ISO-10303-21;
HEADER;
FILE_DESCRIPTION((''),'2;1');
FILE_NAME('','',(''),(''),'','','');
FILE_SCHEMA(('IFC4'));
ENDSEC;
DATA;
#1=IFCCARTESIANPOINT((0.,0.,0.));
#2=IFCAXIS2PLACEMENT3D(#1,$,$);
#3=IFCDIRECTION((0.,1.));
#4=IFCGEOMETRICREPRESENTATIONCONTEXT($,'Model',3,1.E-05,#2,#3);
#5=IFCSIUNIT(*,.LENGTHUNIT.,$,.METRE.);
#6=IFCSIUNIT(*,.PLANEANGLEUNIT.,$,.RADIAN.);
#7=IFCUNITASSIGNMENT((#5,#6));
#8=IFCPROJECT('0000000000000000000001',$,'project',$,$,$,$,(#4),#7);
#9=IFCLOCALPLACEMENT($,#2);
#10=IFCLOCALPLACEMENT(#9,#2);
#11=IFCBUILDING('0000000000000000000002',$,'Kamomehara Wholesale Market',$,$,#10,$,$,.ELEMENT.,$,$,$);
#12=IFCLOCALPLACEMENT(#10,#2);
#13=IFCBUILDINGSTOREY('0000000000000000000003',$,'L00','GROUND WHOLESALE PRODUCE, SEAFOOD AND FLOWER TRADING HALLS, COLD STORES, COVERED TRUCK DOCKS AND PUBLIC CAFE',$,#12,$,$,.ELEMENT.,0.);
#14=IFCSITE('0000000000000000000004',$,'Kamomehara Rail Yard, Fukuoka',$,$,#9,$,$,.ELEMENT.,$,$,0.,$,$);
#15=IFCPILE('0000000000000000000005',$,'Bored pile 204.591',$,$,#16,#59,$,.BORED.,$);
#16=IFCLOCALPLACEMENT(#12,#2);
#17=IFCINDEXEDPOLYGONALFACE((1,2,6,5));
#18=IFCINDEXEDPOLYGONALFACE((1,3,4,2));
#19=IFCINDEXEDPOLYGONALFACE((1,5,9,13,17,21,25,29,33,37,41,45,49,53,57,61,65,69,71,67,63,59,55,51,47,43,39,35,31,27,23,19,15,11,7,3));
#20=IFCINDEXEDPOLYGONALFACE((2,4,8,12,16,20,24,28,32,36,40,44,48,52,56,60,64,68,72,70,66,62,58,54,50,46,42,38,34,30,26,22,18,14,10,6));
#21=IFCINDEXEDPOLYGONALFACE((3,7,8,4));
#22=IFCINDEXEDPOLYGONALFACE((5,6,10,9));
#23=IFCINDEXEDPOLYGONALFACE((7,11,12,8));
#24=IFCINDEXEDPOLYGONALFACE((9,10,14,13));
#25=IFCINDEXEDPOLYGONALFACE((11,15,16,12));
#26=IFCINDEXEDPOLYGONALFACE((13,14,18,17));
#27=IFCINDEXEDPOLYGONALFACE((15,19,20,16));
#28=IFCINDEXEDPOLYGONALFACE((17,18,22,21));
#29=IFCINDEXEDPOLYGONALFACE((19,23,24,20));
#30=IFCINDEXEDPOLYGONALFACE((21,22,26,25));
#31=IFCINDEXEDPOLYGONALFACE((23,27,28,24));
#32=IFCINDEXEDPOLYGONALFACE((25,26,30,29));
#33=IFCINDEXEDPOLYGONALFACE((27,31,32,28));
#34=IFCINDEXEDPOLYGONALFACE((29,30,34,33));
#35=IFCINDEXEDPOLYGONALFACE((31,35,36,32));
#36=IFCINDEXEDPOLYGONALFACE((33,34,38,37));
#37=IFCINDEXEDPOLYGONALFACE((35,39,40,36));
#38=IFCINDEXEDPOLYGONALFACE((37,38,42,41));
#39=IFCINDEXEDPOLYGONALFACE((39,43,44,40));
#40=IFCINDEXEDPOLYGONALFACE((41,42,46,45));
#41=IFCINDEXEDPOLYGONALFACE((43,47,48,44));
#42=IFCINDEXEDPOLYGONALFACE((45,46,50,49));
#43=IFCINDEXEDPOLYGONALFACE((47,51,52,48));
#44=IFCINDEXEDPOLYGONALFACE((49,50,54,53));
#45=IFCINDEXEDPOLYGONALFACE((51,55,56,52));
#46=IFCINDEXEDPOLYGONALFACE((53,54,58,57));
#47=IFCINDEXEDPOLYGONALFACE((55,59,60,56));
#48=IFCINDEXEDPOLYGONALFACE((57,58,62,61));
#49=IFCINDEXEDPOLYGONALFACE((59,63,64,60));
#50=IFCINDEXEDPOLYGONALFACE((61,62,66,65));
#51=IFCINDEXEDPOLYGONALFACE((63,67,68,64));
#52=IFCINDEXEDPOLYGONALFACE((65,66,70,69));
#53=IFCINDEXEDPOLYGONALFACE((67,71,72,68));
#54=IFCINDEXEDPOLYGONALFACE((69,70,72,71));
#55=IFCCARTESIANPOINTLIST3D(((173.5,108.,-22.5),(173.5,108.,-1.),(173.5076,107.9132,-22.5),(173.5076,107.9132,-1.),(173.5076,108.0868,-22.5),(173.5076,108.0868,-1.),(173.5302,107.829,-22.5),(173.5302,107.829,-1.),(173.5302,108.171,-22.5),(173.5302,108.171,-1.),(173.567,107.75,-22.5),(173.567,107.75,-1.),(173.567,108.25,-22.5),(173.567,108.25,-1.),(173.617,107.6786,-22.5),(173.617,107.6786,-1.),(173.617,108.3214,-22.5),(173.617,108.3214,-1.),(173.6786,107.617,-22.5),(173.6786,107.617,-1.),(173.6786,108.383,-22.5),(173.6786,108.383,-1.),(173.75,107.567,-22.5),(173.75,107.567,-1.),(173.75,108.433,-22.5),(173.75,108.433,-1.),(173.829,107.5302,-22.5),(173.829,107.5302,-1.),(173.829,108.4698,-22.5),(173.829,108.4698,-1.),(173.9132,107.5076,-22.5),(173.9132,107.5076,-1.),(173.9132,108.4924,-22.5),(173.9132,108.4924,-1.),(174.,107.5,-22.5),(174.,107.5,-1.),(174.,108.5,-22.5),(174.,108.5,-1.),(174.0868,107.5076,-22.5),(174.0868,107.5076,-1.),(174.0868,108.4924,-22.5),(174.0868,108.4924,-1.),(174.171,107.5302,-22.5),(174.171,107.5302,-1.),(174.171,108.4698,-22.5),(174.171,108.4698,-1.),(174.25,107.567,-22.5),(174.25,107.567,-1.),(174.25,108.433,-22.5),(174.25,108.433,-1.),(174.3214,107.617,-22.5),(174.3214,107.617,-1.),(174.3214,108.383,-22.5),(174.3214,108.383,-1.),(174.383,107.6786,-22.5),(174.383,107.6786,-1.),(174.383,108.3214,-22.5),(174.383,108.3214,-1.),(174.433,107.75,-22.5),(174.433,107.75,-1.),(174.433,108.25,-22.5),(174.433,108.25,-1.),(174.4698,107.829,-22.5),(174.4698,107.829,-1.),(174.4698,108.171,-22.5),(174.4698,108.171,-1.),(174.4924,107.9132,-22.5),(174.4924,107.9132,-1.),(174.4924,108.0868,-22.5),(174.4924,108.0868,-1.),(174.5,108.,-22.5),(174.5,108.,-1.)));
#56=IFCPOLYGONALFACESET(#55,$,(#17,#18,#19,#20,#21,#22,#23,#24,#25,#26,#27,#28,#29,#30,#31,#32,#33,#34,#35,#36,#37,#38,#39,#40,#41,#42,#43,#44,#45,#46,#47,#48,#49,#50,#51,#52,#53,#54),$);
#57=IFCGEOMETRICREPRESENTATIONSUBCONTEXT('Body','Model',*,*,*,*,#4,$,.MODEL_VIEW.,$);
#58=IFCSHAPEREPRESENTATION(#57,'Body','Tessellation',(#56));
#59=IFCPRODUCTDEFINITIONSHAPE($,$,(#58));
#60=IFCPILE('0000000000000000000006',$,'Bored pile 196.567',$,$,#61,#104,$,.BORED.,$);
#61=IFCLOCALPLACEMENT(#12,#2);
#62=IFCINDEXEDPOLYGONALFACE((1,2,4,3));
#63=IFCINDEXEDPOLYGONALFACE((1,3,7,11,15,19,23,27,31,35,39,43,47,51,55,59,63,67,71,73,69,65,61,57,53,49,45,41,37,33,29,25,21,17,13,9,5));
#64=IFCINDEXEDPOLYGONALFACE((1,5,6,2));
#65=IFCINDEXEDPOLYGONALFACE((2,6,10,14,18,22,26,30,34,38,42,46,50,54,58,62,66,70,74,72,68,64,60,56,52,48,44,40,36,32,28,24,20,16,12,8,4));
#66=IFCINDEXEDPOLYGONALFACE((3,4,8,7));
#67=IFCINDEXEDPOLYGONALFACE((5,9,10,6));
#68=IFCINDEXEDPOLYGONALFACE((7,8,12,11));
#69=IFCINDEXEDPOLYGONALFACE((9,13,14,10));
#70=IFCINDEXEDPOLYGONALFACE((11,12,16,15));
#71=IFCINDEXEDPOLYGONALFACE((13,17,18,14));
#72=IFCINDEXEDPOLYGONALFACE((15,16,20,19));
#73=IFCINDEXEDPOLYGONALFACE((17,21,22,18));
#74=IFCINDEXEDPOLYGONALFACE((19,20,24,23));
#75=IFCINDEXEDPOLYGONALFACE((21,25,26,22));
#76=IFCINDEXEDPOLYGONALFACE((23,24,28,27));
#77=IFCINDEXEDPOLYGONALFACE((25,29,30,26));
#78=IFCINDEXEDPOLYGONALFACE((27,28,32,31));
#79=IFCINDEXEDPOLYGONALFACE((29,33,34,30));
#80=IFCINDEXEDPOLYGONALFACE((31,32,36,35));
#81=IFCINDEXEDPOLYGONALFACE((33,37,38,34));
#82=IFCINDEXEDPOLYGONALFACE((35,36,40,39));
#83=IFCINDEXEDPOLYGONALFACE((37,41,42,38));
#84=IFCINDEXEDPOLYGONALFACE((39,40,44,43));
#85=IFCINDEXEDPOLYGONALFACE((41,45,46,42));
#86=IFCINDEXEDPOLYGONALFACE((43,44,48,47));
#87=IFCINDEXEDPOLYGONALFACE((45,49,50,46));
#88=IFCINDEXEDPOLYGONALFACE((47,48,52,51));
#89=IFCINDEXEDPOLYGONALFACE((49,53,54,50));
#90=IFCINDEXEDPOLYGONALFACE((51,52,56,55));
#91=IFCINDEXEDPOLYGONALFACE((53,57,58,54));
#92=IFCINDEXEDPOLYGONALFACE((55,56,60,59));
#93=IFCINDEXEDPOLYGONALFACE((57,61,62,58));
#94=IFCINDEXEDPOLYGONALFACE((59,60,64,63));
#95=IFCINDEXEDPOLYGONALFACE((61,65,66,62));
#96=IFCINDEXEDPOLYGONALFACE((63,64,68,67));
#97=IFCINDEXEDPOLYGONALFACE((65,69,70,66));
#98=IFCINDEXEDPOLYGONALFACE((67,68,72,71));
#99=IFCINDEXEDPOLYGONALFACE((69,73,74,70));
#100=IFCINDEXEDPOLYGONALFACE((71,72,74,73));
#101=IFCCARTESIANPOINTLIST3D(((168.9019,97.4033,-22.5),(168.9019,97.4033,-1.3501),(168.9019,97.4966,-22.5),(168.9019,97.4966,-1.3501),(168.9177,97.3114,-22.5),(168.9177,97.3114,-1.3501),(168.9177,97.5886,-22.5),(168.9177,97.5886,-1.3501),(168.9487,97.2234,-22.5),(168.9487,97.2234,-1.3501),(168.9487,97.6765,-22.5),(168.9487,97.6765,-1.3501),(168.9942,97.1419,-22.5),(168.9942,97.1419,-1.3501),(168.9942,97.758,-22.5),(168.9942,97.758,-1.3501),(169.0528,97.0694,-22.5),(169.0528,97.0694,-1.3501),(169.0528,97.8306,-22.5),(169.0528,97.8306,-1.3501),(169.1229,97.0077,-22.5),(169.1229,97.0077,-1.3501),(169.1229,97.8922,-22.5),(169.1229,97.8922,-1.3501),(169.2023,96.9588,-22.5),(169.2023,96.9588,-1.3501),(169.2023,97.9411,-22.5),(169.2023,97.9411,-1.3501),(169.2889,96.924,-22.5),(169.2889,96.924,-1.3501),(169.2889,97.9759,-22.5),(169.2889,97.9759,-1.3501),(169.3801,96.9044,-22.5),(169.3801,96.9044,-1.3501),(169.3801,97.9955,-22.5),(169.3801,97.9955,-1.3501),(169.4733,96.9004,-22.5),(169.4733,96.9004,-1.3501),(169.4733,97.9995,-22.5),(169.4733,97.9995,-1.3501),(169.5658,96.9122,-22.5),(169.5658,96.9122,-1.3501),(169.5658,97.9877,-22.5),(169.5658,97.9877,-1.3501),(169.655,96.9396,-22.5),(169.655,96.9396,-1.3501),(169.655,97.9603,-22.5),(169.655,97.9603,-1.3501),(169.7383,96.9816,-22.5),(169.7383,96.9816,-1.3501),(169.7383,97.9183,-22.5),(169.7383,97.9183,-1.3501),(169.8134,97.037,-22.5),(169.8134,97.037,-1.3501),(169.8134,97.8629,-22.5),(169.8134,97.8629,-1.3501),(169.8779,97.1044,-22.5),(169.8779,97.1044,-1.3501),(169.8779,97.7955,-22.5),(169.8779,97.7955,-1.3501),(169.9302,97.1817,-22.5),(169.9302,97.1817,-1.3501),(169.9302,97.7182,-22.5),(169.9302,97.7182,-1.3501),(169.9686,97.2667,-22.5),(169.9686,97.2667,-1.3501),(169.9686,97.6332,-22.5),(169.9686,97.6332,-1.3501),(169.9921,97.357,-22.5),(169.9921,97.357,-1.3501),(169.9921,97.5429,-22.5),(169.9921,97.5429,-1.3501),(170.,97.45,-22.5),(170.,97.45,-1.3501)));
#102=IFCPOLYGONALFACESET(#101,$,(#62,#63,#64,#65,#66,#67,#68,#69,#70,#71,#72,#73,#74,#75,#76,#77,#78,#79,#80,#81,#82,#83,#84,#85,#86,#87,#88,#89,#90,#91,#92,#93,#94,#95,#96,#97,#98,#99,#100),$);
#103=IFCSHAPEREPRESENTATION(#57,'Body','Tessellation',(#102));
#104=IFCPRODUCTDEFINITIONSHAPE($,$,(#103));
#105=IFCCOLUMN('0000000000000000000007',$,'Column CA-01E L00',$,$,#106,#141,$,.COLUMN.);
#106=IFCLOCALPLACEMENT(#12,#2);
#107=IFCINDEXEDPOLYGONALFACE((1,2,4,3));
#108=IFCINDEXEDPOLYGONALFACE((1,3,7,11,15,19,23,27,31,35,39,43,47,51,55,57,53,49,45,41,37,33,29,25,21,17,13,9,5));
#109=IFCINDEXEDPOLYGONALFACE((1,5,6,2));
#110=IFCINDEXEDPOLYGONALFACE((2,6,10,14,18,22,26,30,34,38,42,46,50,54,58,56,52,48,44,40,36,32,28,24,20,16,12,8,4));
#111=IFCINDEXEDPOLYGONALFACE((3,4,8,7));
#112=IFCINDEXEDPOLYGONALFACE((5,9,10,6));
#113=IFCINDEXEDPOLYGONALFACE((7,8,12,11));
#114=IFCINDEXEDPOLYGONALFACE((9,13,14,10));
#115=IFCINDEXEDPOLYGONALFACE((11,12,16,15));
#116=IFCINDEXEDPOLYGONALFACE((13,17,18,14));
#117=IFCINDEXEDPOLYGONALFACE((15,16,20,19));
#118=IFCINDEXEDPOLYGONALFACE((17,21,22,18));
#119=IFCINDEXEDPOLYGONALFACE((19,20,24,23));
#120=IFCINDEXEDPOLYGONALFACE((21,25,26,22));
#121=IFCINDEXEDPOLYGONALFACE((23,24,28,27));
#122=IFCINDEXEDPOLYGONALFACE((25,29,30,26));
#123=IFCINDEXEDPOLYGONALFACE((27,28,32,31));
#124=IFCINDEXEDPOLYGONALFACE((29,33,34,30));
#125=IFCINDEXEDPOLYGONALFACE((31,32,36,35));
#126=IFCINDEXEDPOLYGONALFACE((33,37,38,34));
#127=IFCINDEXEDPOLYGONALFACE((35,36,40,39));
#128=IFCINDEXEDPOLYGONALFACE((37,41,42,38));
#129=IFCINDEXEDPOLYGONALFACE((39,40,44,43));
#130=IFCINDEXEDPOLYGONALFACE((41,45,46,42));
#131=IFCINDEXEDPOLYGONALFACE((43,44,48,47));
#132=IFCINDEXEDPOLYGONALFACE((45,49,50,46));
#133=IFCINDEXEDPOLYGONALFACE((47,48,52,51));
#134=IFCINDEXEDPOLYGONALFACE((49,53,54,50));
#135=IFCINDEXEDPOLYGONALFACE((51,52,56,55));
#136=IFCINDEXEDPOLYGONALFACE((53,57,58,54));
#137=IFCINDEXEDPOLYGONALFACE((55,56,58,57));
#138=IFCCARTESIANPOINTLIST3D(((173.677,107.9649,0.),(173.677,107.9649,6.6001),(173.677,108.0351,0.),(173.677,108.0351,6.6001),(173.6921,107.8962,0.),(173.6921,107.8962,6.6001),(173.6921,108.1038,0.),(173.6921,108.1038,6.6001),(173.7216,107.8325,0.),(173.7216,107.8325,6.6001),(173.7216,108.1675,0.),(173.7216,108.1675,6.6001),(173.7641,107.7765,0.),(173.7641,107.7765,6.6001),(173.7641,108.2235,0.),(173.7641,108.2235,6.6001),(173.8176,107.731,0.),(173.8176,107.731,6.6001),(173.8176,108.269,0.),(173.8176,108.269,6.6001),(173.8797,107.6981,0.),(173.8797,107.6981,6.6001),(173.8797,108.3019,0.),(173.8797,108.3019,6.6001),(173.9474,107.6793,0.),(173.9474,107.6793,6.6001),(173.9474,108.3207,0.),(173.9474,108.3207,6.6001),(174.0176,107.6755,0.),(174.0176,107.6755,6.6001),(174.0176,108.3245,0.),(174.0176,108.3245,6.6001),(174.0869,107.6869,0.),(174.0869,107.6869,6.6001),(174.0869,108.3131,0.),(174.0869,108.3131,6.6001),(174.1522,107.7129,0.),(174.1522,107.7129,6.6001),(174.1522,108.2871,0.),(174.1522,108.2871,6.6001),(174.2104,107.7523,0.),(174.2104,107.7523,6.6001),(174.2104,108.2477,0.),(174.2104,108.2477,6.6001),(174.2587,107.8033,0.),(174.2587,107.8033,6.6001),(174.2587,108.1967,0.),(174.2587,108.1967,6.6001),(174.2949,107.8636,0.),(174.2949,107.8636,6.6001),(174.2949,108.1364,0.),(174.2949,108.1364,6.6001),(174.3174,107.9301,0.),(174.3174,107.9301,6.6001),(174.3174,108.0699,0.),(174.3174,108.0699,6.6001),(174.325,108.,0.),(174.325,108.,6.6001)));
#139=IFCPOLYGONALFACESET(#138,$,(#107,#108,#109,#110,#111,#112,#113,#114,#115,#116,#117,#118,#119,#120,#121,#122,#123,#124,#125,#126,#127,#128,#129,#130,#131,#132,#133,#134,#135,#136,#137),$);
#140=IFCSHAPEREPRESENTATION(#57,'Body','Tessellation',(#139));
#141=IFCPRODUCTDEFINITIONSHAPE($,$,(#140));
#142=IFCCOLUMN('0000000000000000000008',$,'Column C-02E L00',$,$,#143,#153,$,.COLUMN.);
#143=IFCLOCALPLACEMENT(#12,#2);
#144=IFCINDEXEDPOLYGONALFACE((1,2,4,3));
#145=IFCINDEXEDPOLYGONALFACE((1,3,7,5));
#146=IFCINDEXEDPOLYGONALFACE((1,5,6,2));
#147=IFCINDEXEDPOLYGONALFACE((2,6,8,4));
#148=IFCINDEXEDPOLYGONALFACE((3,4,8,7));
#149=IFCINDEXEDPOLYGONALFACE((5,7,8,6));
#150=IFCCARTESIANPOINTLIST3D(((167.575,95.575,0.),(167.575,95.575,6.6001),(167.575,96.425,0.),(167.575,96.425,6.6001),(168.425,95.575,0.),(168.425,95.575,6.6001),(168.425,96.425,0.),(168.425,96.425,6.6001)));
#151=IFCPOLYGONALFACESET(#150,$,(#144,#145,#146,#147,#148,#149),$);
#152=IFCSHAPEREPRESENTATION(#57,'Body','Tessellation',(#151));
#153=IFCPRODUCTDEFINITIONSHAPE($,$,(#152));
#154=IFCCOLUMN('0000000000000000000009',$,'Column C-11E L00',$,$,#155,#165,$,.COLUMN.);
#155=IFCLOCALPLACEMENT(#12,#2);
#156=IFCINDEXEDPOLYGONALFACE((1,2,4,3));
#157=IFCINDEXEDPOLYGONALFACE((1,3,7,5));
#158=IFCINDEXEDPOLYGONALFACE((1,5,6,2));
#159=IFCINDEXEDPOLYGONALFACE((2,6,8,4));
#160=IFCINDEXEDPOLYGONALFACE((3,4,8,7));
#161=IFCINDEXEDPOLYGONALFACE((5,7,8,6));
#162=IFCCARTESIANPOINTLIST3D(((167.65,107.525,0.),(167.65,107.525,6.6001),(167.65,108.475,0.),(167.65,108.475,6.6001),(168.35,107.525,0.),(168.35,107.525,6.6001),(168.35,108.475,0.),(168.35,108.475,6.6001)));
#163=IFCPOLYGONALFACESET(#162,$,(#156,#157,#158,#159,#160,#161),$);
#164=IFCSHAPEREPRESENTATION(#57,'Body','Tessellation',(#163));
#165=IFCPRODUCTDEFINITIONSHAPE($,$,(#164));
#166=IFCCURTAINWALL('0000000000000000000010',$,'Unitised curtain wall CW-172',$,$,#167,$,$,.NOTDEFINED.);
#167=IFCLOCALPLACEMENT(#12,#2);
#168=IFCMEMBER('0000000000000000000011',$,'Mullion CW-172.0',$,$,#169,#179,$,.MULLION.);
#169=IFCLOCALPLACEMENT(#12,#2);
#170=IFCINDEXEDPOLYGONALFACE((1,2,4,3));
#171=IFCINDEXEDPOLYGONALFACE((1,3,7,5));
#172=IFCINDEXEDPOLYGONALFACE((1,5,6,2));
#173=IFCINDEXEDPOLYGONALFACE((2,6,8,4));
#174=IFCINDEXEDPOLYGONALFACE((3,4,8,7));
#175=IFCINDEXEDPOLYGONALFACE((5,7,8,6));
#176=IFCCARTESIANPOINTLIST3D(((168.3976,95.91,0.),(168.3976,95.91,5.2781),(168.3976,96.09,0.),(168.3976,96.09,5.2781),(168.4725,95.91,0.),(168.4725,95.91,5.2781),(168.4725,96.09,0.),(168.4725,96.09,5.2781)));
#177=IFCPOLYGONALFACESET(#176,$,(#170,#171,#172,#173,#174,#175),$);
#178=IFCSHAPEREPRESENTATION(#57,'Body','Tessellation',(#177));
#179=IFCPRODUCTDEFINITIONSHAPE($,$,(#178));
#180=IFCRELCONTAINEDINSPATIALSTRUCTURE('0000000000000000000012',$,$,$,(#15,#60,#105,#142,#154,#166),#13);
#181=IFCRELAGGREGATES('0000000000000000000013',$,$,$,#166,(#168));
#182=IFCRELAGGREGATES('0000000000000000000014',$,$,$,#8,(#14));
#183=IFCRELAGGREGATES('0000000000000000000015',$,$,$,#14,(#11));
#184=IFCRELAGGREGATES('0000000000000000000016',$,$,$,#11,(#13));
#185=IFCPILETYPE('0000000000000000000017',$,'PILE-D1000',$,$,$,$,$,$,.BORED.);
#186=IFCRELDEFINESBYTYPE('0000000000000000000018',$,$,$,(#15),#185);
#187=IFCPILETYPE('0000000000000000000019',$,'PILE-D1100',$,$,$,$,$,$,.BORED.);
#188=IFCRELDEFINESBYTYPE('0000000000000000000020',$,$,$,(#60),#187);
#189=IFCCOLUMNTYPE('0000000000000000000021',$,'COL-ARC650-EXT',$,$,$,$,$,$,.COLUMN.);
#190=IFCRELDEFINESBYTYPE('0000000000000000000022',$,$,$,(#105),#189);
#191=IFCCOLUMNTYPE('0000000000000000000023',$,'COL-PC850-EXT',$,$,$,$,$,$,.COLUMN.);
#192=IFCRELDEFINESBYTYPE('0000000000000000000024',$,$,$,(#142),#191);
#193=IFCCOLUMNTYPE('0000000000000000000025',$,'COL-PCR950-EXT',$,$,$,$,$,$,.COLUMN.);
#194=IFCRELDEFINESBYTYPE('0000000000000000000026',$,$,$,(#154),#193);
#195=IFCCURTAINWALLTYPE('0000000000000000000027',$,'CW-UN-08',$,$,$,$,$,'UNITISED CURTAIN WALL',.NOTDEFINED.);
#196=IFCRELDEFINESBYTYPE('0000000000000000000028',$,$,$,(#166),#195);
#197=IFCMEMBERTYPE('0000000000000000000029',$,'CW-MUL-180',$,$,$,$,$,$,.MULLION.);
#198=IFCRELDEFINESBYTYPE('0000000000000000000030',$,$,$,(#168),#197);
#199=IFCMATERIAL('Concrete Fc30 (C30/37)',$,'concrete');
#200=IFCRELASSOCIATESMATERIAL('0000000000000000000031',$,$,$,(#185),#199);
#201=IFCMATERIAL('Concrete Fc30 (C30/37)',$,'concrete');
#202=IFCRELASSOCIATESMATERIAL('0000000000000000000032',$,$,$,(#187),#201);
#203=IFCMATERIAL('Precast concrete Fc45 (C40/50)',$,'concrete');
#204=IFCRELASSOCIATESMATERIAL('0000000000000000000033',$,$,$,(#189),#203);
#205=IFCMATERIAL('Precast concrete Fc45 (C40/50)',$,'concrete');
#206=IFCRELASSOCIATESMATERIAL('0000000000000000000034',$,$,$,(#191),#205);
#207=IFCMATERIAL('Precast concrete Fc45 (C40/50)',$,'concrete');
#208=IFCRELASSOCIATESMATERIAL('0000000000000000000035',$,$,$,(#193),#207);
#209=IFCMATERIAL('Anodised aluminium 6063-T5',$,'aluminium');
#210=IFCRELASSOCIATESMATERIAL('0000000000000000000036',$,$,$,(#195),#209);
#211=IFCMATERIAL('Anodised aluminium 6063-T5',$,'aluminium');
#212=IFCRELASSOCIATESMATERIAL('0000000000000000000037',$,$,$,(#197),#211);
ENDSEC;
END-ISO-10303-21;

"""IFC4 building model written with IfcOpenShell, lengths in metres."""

from ifc_helpers import new_model, si_unit, direction, frame, origin, origin_2d, place, context, subcontext, project, spatial, rectangle, circle, extrude, material, material_profile, profile_set, type_object, element, aggregate, save


model = new_model("IFC4")

# Units and contexts
model_context = context("Model", 3, precision=1e-05, world=origin(), true_north=direction((0.0, 1.0)))
body_context = subcontext(model_context, "Body", "Model", "MODEL_VIEW")
ifc_project = project(units=[si_unit("LENGTHUNIT", "METRE"), si_unit("PLANEANGLEUNIT", "RADIAN")], contexts=[model_context])

# Site, building, storey
site_placement = place(None, origin())
site = spatial("IfcSite", under=ifc_project, at=site_placement, Name="Kamomehara Rail Yard, Fukuoka", CompositionType="ELEMENT", RefElevation=0.0)
building_placement = place(site_placement, origin())
building = spatial("IfcBuilding", under=site, at=building_placement, Name="Kamomehara Wholesale Market", CompositionType="ELEMENT")
storey_placement = place(building_placement, origin())
storey = spatial("IfcBuildingStorey", under=building, at=storey_placement, Name="L00", Description="GROUND WHOLESALE PRODUCE, SEAFOOD AND FLOWER TRADING HALLS, COLD STORES, COVERED TRUCK DOCKS AND PUBLIC CAFE", CompositionType="ELEMENT", Elevation=0.0)

# Piles
ifc_material_1 = material(Name="Concrete Fc30 (C30/37)", Category="concrete")
ifc_material_profile_1 = material_profile(ifc_material_1, circle(Radius=0.5, at=origin_2d()), Name="RC-PILE-D1000")
ifc_profile_set_1 = profile_set([ifc_material_profile_1], Name="Concrete Fc30 (C30/37)")
pile_type_1 = type_object("IfcPileType", Name="PILE-D1000", PredefinedType="BORED", material=ifc_profile_set_1)
pile_1_placement = place(storey_placement, frame((174.0, 108.0, -1.0), z_axis=(0.0, 0.0, -1.0), x_axis=(1.0, 0.0, 0.0)))
element("IfcPile", 1, at=pile_1_placement, inside=storey, type_object=pile_type_1, Name="Bored pile 204.591", PredefinedType="BORED", context=body_context, shape_type="SweptSolid", body=[
    extrude(circle(Radius=0.5, at=origin_2d()), origin(), (0.0, 0.0, 1.0), 21.5),
])
ifc_material_2 = material(Name="Concrete Fc30 (C30/37)", Category="concrete")
ifc_material_profile_2 = material_profile(ifc_material_2, circle(Radius=0.55, at=origin_2d()), Name="RC-PILE-D1100")
ifc_profile_set_2 = profile_set([ifc_material_profile_2], Name="Concrete Fc30 (C30/37)")
pile_type_2 = type_object("IfcPileType", Name="PILE-D1100", PredefinedType="BORED", material=ifc_profile_set_2)
pile_2_placement = place(storey_placement, frame((169.45, 97.45, -1.3501), z_axis=(0.0, 0.0, -1.0), x_axis=(1.0, 0.0, 0.0)))
element("IfcPile", 2, at=pile_2_placement, inside=storey, type_object=pile_type_2, Name="Bored pile 196.567", PredefinedType="BORED", context=body_context, shape_type="SweptSolid", body=[
    extrude(circle(Radius=0.55, at=origin_2d()), origin(), (0.0, 0.0, 1.0), 21.1499),
])

# Columns
ifc_material_3 = material(Name="Precast concrete Fc45 (C40/50)", Category="concrete")
ifc_material_profile_3 = material_profile(ifc_material_3, circle(Radius=0.325, at=origin_2d()), Name="PC-ARC-D650")
ifc_profile_set_3 = profile_set([ifc_material_profile_3], Name="Precast concrete Fc45 (C40/50)")
column_type_1 = type_object("IfcColumnType", Name="COL-ARC650-EXT", PredefinedType="COLUMN", material=ifc_profile_set_3)
column_1_placement = place(storey_placement, frame((174.0, 108.0, 0.0), z_axis=(0.0, 0.0, 1.0), x_axis=(1.0, 0.0, 0.0)))
element("IfcColumn", 3, at=column_1_placement, inside=storey, type_object=column_type_1, Name="Column CA-01E L00", PredefinedType="COLUMN", context=body_context, shape_type="SweptSolid", body=[
    extrude(circle(Radius=0.325, at=origin_2d()), origin(), (0.0, 0.0, 1.0), 6.6001),
])
ifc_material_4 = material(Name="Precast concrete Fc45 (C40/50)", Category="concrete")
ifc_material_profile_4 = material_profile(ifc_material_4, rectangle(XDim=0.8501, YDim=0.8501, at=origin_2d()), Name="PC-COL-850x850")
ifc_profile_set_4 = profile_set([ifc_material_profile_4], Name="Precast concrete Fc45 (C40/50)")
column_type_2 = type_object("IfcColumnType", Name="COL-PC850-EXT", PredefinedType="COLUMN", material=ifc_profile_set_4)
column_2_placement = place(storey_placement, frame((168.0, 96.0, 0.0), z_axis=(0.0, 0.0, 1.0), x_axis=(1.0, 0.0, 0.0)))
element("IfcColumn", 4, at=column_2_placement, inside=storey, type_object=column_type_2, Name="Column C-02E L00", PredefinedType="COLUMN", context=body_context, shape_type="SweptSolid", body=[
    extrude(rectangle(XDim=0.8501, YDim=0.8501, at=origin_2d()), origin(), (0.0, 0.0, 1.0), 6.6001),
])
ifc_material_5 = material(Name="Precast concrete Fc45 (C40/50)", Category="concrete")
ifc_material_profile_5 = material_profile(ifc_material_5, rectangle(XDim=0.7, YDim=0.95, at=origin_2d()), Name="PC-COL-700x950")
ifc_profile_set_5 = profile_set([ifc_material_profile_5], Name="Precast concrete Fc45 (C40/50)")
column_type_3 = type_object("IfcColumnType", Name="COL-PCR950-EXT", PredefinedType="COLUMN", material=ifc_profile_set_5)
column_3_placement = place(storey_placement, frame((168.0, 108.0, 0.0), z_axis=(0.0, 0.0, 1.0), x_axis=(1.0, 0.0, 0.0)))
element("IfcColumn", 5, at=column_3_placement, inside=storey, type_object=column_type_3, Name="Column C-11E L00", PredefinedType="COLUMN", context=body_context, shape_type="SweptSolid", body=[
    extrude(rectangle(XDim=0.7, YDim=0.95, at=origin_2d()), origin(), (0.0, 0.0, 1.0), 6.6001),
])

# Curtain wall, member
ifc_material_6 = material(Name="Anodised aluminium 6063-T5", Category="aluminium")
curtain_wall_type = type_object("IfcCurtainWallType", Name="CW-UN-08", ElementType="UNITISED CURTAIN WALL", PredefinedType="NOTDEFINED", material=ifc_material_6)
curtain_wall_placement = place(storey_placement, origin())
curtain_wall = element("IfcCurtainWall", 6, at=curtain_wall_placement, inside=storey, type_object=curtain_wall_type, Name="Unitised curtain wall CW-172", PredefinedType="NOTDEFINED")
ifc_material_7 = material(Name="Anodised aluminium 6063-T5", Category="aluminium")
ifc_material_profile_6 = material_profile(ifc_material_7, rectangle(XDim=0.075, YDim=0.1799, at=origin_2d()), Name="ALU-MUL-75x180")
ifc_profile_set_6 = profile_set([ifc_material_profile_6], Name="Anodised aluminium 6063-T5")
member_type_1 = type_object("IfcMemberType", Name="CW-MUL-180", PredefinedType="MULLION", material=ifc_profile_set_6)
member_1_placement = place(storey_placement, frame((168.4351, 96.0, 0.0), z_axis=(0.0, 0.0, 1.0), x_axis=(1.0, 0.0, 0.0)))
member_1 = element("IfcMember", 7, at=member_1_placement, type_object=member_type_1, Name="Mullion CW-172.0", PredefinedType="MULLION", context=body_context, shape_type="SweptSolid", body=[
    extrude(rectangle(XDim=0.075, YDim=0.1799, at=origin_2d()), origin(), (0.0, 0.0, 1.0), 5.2781),
])
aggregate(curtain_wall, [member_1])

save(model, "model.ifc")
